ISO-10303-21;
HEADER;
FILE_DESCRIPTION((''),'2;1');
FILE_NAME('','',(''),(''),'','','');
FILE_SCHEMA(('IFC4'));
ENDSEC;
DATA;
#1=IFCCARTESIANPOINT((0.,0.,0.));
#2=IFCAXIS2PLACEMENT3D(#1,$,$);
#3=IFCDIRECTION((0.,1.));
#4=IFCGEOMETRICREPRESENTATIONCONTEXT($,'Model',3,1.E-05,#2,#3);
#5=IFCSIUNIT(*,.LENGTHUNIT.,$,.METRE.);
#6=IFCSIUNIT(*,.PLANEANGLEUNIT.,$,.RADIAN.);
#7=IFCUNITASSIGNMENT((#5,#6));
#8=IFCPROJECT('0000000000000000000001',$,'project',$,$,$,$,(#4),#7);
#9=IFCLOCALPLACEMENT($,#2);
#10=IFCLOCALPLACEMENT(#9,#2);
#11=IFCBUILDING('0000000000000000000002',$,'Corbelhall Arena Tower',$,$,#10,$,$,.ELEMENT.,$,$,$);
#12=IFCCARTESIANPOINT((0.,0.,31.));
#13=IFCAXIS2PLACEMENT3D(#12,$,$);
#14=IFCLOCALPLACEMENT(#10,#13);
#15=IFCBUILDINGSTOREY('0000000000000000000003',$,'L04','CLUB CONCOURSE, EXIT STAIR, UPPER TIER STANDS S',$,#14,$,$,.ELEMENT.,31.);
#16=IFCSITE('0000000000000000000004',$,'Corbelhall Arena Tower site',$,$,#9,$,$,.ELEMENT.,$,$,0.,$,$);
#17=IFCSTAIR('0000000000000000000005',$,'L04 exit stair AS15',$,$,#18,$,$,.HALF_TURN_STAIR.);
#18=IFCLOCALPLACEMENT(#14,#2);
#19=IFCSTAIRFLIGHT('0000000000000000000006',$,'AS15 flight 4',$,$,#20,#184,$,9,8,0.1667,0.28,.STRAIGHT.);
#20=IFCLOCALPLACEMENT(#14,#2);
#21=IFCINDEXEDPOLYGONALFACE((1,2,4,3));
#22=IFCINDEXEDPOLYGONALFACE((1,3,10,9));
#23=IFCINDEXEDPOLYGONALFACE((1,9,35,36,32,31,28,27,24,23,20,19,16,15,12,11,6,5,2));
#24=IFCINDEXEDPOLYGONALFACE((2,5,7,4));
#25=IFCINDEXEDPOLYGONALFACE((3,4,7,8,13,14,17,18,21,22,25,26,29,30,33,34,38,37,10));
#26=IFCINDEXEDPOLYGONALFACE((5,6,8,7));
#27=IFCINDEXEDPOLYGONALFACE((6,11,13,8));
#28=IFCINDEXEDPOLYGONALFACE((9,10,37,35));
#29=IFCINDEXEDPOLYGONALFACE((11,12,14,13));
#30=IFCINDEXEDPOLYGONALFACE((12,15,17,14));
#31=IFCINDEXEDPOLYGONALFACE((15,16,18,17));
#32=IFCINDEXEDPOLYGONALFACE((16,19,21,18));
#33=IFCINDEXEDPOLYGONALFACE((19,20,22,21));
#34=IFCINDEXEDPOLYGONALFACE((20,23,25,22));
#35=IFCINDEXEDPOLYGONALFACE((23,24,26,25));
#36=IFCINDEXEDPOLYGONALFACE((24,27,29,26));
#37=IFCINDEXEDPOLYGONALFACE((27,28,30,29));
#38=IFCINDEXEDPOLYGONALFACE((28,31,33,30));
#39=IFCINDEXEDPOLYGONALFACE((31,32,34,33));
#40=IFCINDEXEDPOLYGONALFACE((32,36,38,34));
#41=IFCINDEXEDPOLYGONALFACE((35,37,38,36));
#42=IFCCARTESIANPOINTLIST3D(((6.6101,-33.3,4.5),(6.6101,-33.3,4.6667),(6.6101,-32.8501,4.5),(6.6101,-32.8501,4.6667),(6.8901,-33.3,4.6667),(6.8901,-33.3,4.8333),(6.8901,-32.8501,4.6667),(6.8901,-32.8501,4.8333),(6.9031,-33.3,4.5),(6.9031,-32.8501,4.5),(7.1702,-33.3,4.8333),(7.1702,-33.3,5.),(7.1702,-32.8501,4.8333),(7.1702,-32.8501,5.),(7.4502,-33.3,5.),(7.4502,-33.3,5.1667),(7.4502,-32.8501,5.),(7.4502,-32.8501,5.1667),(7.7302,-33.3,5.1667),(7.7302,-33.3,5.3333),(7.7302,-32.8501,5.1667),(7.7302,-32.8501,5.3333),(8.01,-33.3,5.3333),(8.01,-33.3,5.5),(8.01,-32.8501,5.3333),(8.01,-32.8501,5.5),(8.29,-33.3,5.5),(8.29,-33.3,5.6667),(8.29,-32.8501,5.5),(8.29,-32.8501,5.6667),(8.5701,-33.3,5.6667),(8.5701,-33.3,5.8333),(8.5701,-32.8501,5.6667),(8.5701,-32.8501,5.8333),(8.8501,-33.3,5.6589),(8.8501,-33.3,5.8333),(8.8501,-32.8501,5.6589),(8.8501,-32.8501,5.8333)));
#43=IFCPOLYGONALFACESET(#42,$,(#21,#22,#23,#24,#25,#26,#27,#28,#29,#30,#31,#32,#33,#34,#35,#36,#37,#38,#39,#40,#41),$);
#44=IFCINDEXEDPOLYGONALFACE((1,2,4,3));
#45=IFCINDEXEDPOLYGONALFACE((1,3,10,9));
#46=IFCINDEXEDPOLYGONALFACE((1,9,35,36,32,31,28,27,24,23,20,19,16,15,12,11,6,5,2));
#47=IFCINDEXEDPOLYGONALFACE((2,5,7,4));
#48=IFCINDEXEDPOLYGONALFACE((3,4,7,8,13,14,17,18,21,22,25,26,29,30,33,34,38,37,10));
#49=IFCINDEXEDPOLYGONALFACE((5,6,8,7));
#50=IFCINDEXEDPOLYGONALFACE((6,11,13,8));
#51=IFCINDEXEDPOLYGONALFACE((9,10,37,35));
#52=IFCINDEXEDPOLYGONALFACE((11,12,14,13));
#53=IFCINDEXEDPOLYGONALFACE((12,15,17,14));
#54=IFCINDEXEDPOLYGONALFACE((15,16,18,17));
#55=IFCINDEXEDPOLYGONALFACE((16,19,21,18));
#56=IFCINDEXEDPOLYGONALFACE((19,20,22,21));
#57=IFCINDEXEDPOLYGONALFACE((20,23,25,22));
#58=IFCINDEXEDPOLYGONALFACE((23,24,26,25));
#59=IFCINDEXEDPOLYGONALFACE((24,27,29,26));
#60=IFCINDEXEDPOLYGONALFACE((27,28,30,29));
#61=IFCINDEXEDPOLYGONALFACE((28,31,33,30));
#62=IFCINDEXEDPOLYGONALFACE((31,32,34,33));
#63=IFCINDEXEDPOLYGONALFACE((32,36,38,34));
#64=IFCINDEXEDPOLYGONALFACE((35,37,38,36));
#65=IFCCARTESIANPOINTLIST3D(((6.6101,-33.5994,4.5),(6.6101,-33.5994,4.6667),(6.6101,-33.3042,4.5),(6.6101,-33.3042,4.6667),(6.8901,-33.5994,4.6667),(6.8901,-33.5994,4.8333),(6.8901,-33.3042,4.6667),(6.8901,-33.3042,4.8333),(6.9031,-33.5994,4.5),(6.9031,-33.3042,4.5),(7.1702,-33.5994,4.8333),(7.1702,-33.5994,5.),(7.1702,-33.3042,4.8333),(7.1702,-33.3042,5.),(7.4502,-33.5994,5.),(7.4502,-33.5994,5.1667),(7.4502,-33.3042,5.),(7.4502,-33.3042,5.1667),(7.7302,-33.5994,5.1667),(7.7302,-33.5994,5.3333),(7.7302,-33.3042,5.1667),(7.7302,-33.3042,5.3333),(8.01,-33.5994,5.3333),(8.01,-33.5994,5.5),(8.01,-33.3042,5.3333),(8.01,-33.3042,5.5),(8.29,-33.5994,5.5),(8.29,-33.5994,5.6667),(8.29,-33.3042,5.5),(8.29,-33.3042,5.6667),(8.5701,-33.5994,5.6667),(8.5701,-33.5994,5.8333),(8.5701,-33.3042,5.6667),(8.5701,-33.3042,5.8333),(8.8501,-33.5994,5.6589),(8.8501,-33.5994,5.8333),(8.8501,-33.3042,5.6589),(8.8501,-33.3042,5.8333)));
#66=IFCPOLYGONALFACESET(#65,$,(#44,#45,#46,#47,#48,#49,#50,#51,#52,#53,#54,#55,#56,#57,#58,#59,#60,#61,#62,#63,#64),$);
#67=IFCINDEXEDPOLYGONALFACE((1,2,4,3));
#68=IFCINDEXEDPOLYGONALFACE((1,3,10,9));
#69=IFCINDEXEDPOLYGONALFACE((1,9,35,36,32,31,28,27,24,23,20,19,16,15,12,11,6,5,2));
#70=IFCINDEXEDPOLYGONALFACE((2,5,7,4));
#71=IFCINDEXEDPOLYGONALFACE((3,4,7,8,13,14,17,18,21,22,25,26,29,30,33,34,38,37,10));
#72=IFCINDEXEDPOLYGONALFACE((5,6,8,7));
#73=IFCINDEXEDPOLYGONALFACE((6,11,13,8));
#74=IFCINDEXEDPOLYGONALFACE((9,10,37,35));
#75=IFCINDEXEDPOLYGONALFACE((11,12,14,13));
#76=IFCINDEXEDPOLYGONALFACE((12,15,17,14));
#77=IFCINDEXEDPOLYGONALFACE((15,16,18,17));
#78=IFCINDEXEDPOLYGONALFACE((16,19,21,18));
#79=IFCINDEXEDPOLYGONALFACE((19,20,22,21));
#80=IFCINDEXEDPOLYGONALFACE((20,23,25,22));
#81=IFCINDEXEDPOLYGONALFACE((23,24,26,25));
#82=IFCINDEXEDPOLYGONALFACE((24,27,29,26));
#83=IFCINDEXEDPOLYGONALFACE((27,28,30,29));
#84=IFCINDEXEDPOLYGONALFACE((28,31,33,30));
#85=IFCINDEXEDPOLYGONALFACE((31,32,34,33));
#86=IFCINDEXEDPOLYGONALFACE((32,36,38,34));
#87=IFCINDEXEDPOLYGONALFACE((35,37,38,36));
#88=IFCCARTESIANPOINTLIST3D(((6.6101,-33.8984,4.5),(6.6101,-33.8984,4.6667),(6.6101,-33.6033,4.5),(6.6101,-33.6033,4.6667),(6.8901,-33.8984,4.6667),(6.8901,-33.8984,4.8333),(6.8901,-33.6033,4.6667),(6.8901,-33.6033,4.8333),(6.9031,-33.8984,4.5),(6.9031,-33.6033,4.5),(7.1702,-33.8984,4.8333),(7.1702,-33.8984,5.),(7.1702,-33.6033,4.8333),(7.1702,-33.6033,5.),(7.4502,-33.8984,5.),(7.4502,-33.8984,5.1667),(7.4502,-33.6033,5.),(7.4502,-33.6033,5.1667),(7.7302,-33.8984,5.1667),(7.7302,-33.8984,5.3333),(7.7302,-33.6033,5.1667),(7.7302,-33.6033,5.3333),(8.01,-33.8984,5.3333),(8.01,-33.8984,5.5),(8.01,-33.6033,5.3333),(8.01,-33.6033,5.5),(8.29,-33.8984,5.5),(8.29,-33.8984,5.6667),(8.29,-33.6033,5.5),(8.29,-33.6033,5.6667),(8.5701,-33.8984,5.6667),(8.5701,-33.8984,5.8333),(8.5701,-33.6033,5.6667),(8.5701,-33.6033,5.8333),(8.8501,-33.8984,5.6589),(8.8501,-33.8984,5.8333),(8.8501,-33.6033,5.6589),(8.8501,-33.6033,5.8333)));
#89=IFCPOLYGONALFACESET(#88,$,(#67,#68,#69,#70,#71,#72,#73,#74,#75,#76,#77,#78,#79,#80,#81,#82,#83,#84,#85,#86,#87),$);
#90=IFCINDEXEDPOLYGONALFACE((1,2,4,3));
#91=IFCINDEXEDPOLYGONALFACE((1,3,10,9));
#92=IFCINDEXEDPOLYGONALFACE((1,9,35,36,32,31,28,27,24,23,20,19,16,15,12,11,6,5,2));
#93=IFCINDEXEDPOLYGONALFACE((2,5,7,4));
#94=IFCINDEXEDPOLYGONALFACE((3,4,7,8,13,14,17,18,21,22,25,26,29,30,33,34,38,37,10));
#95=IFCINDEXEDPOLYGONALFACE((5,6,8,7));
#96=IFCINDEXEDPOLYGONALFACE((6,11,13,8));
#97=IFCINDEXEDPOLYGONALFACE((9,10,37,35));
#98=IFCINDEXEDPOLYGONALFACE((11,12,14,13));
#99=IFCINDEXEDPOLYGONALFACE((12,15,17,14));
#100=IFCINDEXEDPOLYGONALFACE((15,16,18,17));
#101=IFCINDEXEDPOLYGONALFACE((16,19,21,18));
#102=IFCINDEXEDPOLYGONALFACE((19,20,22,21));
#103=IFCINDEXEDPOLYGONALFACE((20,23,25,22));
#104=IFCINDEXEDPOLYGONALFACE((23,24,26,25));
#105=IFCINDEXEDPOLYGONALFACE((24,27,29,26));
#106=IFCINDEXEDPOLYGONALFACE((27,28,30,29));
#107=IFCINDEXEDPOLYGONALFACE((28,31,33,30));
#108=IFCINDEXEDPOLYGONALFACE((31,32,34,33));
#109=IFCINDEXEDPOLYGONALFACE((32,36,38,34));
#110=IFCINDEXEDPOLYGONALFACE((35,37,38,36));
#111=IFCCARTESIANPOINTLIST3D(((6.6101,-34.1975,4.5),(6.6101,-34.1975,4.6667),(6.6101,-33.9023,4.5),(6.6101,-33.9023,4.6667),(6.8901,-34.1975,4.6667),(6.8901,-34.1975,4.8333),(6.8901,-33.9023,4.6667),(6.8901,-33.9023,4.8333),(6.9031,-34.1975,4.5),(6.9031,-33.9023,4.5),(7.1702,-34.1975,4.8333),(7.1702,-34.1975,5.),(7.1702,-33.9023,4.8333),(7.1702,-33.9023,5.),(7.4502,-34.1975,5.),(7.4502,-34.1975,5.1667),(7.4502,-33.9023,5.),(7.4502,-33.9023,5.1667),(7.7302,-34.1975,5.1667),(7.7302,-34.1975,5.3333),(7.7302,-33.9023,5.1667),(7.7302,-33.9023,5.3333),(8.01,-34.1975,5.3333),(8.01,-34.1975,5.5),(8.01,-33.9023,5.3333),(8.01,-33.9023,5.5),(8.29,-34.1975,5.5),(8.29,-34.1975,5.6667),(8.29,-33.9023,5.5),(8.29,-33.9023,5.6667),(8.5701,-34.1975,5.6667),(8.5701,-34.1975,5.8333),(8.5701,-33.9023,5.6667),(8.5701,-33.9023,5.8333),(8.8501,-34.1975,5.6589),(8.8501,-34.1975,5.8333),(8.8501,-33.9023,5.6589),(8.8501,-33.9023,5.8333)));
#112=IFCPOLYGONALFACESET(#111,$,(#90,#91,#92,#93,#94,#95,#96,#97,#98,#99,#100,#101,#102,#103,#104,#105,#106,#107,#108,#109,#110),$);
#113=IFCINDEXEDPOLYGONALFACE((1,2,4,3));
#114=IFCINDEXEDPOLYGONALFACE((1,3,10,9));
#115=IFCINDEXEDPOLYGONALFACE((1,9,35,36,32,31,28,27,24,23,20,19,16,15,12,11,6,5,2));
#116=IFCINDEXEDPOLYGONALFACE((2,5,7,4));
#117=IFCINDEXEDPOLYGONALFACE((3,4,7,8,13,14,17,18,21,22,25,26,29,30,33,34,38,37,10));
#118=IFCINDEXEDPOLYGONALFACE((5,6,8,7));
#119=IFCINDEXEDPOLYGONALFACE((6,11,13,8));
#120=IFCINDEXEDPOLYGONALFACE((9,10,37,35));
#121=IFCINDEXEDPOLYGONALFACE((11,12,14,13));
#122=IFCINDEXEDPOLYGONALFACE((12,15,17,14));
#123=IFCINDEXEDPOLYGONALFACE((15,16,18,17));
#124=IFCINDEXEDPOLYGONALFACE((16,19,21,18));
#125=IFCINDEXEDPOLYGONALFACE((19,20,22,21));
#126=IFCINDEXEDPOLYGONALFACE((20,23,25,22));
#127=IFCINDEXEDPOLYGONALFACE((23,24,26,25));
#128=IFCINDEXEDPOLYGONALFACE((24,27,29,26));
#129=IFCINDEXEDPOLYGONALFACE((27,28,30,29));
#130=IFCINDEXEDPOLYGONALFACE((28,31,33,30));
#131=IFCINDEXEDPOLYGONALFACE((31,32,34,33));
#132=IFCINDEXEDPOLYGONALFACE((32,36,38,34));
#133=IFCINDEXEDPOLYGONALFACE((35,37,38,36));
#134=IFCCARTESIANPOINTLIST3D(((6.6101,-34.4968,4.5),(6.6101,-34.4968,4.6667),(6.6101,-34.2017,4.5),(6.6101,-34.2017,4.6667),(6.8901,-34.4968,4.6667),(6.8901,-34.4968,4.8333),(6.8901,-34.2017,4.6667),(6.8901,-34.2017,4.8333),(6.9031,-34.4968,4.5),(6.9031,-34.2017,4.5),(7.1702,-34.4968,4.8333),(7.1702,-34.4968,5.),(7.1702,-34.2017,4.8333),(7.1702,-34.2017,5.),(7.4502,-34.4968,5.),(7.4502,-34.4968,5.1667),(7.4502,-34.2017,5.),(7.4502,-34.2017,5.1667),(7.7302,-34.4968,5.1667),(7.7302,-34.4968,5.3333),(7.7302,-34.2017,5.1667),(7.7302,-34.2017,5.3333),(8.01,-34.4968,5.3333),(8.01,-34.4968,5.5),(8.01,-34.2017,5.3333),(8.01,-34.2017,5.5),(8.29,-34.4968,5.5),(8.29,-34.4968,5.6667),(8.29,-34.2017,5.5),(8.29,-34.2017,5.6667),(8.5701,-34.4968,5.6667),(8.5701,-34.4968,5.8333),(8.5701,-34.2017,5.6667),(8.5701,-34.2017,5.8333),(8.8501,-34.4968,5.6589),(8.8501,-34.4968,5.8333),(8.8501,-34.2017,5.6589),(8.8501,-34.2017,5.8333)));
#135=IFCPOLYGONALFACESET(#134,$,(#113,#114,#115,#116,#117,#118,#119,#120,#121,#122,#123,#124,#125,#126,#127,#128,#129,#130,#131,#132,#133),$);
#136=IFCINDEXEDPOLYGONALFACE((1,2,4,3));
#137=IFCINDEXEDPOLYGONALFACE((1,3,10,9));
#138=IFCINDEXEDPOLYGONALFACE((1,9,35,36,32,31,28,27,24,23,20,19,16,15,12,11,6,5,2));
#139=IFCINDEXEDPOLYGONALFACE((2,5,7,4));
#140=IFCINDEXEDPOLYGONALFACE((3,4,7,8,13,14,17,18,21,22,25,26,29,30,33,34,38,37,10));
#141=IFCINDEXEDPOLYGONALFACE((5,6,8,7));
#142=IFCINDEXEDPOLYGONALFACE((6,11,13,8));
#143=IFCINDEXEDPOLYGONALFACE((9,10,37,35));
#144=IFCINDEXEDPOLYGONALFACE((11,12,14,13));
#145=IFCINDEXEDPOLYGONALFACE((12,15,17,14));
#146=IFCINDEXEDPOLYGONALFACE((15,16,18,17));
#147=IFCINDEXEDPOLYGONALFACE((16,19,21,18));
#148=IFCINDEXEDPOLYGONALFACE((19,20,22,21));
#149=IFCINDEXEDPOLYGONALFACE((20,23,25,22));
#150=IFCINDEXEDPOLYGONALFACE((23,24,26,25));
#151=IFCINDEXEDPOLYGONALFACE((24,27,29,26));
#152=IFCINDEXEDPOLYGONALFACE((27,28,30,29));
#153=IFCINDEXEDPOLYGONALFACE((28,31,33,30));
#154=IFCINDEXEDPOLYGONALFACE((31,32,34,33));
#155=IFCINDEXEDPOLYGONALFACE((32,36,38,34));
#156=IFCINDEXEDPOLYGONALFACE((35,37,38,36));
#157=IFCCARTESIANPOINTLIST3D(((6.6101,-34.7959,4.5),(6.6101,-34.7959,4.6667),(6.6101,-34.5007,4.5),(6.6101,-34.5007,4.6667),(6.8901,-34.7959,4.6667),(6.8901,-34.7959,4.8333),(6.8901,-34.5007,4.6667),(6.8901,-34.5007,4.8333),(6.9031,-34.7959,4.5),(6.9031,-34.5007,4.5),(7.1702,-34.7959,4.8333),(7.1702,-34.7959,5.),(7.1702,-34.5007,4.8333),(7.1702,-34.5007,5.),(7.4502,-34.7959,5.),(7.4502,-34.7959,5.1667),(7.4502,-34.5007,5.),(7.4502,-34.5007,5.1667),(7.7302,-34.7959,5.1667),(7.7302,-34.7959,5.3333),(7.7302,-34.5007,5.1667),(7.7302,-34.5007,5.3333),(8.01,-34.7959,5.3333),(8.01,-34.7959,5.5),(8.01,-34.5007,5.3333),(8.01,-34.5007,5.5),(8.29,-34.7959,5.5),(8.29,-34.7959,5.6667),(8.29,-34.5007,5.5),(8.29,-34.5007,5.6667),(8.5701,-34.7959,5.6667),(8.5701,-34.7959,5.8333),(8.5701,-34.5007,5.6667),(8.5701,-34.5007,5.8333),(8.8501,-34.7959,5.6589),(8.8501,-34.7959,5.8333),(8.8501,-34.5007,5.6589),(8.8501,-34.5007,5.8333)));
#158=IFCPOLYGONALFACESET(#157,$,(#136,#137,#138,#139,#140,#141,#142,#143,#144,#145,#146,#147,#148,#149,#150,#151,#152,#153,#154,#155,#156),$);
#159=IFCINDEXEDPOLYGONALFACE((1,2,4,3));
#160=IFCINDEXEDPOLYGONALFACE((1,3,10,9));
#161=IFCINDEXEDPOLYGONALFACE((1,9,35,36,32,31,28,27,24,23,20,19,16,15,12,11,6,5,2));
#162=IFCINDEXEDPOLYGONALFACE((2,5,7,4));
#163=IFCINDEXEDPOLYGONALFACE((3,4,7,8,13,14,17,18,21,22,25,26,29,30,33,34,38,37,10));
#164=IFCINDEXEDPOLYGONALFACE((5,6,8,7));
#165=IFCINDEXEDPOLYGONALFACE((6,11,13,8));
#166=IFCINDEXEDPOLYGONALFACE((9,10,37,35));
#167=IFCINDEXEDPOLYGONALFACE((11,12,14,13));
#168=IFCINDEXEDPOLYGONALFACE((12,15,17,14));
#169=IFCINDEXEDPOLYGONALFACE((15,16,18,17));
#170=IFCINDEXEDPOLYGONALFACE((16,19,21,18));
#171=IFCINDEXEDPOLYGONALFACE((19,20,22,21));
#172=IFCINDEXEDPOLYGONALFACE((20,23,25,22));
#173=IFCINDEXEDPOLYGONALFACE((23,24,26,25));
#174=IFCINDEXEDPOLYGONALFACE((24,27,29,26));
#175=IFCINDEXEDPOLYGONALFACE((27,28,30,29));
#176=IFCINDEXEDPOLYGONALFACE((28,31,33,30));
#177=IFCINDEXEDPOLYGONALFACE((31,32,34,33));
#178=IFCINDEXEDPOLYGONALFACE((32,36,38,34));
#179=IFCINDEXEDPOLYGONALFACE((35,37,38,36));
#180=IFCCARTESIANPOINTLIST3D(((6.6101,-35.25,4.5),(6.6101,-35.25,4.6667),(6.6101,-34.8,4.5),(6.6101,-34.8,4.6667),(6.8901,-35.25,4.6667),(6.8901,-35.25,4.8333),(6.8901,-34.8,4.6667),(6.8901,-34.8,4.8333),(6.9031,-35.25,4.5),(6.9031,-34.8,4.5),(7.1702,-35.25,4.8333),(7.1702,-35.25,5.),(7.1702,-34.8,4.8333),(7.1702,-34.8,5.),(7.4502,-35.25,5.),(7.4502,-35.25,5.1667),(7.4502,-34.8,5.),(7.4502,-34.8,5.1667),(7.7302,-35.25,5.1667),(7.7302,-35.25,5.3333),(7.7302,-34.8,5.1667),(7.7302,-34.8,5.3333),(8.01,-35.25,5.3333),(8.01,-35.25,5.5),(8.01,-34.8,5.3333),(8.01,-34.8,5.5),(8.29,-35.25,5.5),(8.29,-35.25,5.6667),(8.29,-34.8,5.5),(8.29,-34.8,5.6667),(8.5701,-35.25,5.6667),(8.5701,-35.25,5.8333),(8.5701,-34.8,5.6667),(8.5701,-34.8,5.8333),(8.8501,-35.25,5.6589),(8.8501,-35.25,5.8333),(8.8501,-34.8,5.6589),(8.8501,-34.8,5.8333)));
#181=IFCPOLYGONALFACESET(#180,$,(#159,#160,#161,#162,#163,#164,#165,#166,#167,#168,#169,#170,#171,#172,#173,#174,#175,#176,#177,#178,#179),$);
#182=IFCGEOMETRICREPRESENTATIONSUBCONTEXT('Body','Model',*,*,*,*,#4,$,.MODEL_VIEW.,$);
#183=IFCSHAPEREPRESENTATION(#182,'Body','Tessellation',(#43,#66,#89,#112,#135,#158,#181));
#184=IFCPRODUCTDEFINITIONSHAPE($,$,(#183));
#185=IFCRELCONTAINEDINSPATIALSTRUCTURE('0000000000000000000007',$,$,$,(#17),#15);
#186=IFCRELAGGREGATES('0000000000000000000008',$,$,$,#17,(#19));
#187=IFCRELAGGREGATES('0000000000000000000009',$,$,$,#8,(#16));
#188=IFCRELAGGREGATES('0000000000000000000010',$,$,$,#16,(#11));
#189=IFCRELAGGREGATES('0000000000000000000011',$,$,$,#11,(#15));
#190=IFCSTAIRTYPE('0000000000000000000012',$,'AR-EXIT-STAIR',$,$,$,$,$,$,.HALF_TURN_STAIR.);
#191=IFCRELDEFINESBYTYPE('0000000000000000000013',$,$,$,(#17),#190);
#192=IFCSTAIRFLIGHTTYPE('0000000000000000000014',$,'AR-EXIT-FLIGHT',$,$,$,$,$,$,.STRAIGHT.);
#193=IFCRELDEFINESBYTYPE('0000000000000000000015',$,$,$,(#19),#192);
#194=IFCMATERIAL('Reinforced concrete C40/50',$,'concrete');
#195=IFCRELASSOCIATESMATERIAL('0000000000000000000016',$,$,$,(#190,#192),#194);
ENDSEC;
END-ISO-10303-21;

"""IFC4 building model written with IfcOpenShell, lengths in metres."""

from ifc_helpers import new_model, si_unit, direction, frame, origin, place, context, subcontext, project, spatial, polyline, outline, extrude, material, type_object, element, aggregate, save


model = new_model("IFC4")

# Units and contexts
model_context = context("Model", 3, precision=1e-05, world=origin(), true_north=direction((0.0, 1.0)))
body_context = subcontext(model_context, "Body", "Model", "MODEL_VIEW")
ifc_project = project(units=[si_unit("LENGTHUNIT", "METRE"), si_unit("PLANEANGLEUNIT", "RADIAN")], contexts=[model_context])

# Site, building, storey
site_placement = place(None, origin())
site = spatial("IfcSite", under=ifc_project, at=site_placement, Name="Corbelhall Arena Tower site", CompositionType="ELEMENT", RefElevation=0.0)
building_placement = place(site_placement, origin())
building = spatial("IfcBuilding", under=site, at=building_placement, Name="Corbelhall Arena Tower", CompositionType="ELEMENT")
storey_placement = place(building_placement, frame((0.0, 0.0, 31.0)))
storey = spatial("IfcBuildingStorey", under=building, at=storey_placement, Name="L04", Description="CLUB CONCOURSE, EXIT STAIR, UPPER TIER STANDS S", CompositionType="ELEMENT", Elevation=31.0)

# Shared definitions
ifc_material_1 = material(Name="Reinforced concrete C40/50", Category="concrete")

# Stair, stair flight
stair_type = type_object("IfcStairType", Name="AR-EXIT-STAIR", PredefinedType="HALF_TURN_STAIR", material=ifc_material_1)
stair_1_placement = place(storey_placement, origin())
stair_1 = element("IfcStair", 1, at=stair_1_placement, inside=storey, type_object=stair_type, Name="L04 exit stair AS15", PredefinedType="HALF_TURN_STAIR")
stair_flight_type = type_object("IfcStairFlightType", Name="AR-EXIT-FLIGHT", PredefinedType="STRAIGHT", material=ifc_material_1)
stair_flight_1_placement = place(storey_placement, frame((6.6101, -34.05, 4.5), z_axis=(0.0, 0.0, 1.0), x_axis=(1.0, 0.0, 0.0)))
stair_flight_1 = element("IfcStairFlight", 2, at=stair_flight_1_placement, type_object=stair_flight_type, Name="AS15 flight 4", NumberOfRisers=9, NumberOfTreads=8, PredefinedType="STRAIGHT", RiserHeight=0.1667, TreadLength=0.28, context=body_context, shape_type="SweptSolid", body=[
    extrude(outline(polyline([(0.0, 0.0), (0.0, 0.1667), (0.28, 0.1667), (0.28, 0.3333), (0.5601, 0.3333), (0.5601, 0.5), (0.8401, 0.5), (0.8401, 0.6667), (1.1201, 0.6667), (1.1201, 0.8333), (1.3999, 0.8333), (1.3999, 1.0), (1.6799, 1.0), (1.6799, 1.1667), (1.96, 1.1667), (1.96, 1.3333), (2.24, 1.3333), (2.24, 1.5), (2.24, 1.1589), (0.293, 0.0), (0.0, 0.0)])), frame((0.0, 1.2, 0.0), z_axis=(0.0, -1.0, 0.0), x_axis=(1.0, 0.0, 0.0)), (0.0, 0.0, 1.0), 0.45),
    extrude(outline(polyline([(0.0, 0.0), (0.0, 0.1667), (0.28, 0.1667), (0.28, 0.3333), (0.5601, 0.3333), (0.5601, 0.5), (0.8401, 0.5), (0.8401, 0.6667), (1.1201, 0.6667), (1.1201, 0.8333), (1.3999, 0.8333), (1.3999, 1.0), (1.6799, 1.0), (1.6799, 1.1667), (1.96, 1.1667), (1.96, 1.3333), (2.24, 1.3333), (2.24, 1.5), (2.24, 1.1589), (0.293, 0.0), (0.0, 0.0)])), frame((0.0, 0.7458, 0.0), z_axis=(0.0, -1.0, 0.0), x_axis=(1.0, 0.0, 0.0)), (0.0, 0.0, 1.0), 0.2952),
    extrude(outline(polyline([(0.0, 0.0), (0.0, 0.1667), (0.28, 0.1667), (0.28, 0.3333), (0.5601, 0.3333), (0.5601, 0.5), (0.8401, 0.5), (0.8401, 0.6667), (1.1201, 0.6667), (1.1201, 0.8333), (1.3999, 0.8333), (1.3999, 1.0), (1.6799, 1.0), (1.6799, 1.1667), (1.96, 1.1667), (1.96, 1.3333), (2.24, 1.3333), (2.24, 1.5), (2.24, 1.1589), (0.293, 0.0), (0.0, 0.0)])), frame((0.0, 0.4468, 0.0), z_axis=(0.0, -1.0, 0.0), x_axis=(1.0, 0.0, 0.0)), (0.0, 0.0, 1.0), 0.2952),
    extrude(outline(polyline([(0.0, 0.0), (0.0, 0.1667), (0.28, 0.1667), (0.28, 0.3333), (0.5601, 0.3333), (0.5601, 0.5), (0.8401, 0.5), (0.8401, 0.6667), (1.1201, 0.6667), (1.1201, 0.8333), (1.3999, 0.8333), (1.3999, 1.0), (1.6799, 1.0), (1.6799, 1.1667), (1.96, 1.1667), (1.96, 1.3333), (2.24, 1.3333), (2.24, 1.5), (2.24, 1.1589), (0.293, 0.0), (0.0, 0.0)])), frame((0.0, 0.1477, 0.0), z_axis=(0.0, -1.0, 0.0), x_axis=(1.0, 0.0, 0.0)), (0.0, 0.0, 1.0), 0.2952),
    extrude(outline(polyline([(0.0, 0.0), (0.0, 0.1667), (0.28, 0.1667), (0.28, 0.3333), (0.5601, 0.3333), (0.5601, 0.5), (0.8401, 0.5), (0.8401, 0.6667), (1.1201, 0.6667), (1.1201, 0.8333), (1.3999, 0.8333), (1.3999, 1.0), (1.6799, 1.0), (1.6799, 1.1667), (1.96, 1.1667), (1.96, 1.3333), (2.24, 1.3333), (2.24, 1.5), (2.24, 1.1589), (0.293, 0.0), (0.0, 0.0)])), frame((0.0, -0.1516, 0.0), z_axis=(0.0, -1.0, 0.0), x_axis=(1.0, 0.0, 0.0)), (0.0, 0.0, 1.0), 0.2952),
    extrude(outline(polyline([(0.0, 0.0), (0.0, 0.1667), (0.28, 0.1667), (0.28, 0.3333), (0.5601, 0.3333), (0.5601, 0.5), (0.8401, 0.5), (0.8401, 0.6667), (1.1201, 0.6667), (1.1201, 0.8333), (1.3999, 0.8333), (1.3999, 1.0), (1.6799, 1.0), (1.6799, 1.1667), (1.96, 1.1667), (1.96, 1.3333), (2.24, 1.3333), (2.24, 1.5), (2.24, 1.1589), (0.293, 0.0), (0.0, 0.0)])), frame((0.0, -0.4507, 0.0), z_axis=(0.0, -1.0, 0.0), x_axis=(1.0, 0.0, 0.0)), (0.0, 0.0, 1.0), 0.2952),
    extrude(outline(polyline([(0.0, 0.0), (0.0, 0.1667), (0.28, 0.1667), (0.28, 0.3333), (0.5601, 0.3333), (0.5601, 0.5), (0.8401, 0.5), (0.8401, 0.6667), (1.1201, 0.6667), (1.1201, 0.8333), (1.3999, 0.8333), (1.3999, 1.0), (1.6799, 1.0), (1.6799, 1.1667), (1.96, 1.1667), (1.96, 1.3333), (2.24, 1.3333), (2.24, 1.5), (2.24, 1.1589), (0.293, 0.0), (0.0, 0.0)])), frame((0.0, -0.75, 0.0), z_axis=(0.0, -1.0, 0.0), x_axis=(1.0, 0.0, 0.0)), (0.0, 0.0, 1.0), 0.45),
])
aggregate(stair_1, [stair_flight_1])

save(model, "model.ifc")
